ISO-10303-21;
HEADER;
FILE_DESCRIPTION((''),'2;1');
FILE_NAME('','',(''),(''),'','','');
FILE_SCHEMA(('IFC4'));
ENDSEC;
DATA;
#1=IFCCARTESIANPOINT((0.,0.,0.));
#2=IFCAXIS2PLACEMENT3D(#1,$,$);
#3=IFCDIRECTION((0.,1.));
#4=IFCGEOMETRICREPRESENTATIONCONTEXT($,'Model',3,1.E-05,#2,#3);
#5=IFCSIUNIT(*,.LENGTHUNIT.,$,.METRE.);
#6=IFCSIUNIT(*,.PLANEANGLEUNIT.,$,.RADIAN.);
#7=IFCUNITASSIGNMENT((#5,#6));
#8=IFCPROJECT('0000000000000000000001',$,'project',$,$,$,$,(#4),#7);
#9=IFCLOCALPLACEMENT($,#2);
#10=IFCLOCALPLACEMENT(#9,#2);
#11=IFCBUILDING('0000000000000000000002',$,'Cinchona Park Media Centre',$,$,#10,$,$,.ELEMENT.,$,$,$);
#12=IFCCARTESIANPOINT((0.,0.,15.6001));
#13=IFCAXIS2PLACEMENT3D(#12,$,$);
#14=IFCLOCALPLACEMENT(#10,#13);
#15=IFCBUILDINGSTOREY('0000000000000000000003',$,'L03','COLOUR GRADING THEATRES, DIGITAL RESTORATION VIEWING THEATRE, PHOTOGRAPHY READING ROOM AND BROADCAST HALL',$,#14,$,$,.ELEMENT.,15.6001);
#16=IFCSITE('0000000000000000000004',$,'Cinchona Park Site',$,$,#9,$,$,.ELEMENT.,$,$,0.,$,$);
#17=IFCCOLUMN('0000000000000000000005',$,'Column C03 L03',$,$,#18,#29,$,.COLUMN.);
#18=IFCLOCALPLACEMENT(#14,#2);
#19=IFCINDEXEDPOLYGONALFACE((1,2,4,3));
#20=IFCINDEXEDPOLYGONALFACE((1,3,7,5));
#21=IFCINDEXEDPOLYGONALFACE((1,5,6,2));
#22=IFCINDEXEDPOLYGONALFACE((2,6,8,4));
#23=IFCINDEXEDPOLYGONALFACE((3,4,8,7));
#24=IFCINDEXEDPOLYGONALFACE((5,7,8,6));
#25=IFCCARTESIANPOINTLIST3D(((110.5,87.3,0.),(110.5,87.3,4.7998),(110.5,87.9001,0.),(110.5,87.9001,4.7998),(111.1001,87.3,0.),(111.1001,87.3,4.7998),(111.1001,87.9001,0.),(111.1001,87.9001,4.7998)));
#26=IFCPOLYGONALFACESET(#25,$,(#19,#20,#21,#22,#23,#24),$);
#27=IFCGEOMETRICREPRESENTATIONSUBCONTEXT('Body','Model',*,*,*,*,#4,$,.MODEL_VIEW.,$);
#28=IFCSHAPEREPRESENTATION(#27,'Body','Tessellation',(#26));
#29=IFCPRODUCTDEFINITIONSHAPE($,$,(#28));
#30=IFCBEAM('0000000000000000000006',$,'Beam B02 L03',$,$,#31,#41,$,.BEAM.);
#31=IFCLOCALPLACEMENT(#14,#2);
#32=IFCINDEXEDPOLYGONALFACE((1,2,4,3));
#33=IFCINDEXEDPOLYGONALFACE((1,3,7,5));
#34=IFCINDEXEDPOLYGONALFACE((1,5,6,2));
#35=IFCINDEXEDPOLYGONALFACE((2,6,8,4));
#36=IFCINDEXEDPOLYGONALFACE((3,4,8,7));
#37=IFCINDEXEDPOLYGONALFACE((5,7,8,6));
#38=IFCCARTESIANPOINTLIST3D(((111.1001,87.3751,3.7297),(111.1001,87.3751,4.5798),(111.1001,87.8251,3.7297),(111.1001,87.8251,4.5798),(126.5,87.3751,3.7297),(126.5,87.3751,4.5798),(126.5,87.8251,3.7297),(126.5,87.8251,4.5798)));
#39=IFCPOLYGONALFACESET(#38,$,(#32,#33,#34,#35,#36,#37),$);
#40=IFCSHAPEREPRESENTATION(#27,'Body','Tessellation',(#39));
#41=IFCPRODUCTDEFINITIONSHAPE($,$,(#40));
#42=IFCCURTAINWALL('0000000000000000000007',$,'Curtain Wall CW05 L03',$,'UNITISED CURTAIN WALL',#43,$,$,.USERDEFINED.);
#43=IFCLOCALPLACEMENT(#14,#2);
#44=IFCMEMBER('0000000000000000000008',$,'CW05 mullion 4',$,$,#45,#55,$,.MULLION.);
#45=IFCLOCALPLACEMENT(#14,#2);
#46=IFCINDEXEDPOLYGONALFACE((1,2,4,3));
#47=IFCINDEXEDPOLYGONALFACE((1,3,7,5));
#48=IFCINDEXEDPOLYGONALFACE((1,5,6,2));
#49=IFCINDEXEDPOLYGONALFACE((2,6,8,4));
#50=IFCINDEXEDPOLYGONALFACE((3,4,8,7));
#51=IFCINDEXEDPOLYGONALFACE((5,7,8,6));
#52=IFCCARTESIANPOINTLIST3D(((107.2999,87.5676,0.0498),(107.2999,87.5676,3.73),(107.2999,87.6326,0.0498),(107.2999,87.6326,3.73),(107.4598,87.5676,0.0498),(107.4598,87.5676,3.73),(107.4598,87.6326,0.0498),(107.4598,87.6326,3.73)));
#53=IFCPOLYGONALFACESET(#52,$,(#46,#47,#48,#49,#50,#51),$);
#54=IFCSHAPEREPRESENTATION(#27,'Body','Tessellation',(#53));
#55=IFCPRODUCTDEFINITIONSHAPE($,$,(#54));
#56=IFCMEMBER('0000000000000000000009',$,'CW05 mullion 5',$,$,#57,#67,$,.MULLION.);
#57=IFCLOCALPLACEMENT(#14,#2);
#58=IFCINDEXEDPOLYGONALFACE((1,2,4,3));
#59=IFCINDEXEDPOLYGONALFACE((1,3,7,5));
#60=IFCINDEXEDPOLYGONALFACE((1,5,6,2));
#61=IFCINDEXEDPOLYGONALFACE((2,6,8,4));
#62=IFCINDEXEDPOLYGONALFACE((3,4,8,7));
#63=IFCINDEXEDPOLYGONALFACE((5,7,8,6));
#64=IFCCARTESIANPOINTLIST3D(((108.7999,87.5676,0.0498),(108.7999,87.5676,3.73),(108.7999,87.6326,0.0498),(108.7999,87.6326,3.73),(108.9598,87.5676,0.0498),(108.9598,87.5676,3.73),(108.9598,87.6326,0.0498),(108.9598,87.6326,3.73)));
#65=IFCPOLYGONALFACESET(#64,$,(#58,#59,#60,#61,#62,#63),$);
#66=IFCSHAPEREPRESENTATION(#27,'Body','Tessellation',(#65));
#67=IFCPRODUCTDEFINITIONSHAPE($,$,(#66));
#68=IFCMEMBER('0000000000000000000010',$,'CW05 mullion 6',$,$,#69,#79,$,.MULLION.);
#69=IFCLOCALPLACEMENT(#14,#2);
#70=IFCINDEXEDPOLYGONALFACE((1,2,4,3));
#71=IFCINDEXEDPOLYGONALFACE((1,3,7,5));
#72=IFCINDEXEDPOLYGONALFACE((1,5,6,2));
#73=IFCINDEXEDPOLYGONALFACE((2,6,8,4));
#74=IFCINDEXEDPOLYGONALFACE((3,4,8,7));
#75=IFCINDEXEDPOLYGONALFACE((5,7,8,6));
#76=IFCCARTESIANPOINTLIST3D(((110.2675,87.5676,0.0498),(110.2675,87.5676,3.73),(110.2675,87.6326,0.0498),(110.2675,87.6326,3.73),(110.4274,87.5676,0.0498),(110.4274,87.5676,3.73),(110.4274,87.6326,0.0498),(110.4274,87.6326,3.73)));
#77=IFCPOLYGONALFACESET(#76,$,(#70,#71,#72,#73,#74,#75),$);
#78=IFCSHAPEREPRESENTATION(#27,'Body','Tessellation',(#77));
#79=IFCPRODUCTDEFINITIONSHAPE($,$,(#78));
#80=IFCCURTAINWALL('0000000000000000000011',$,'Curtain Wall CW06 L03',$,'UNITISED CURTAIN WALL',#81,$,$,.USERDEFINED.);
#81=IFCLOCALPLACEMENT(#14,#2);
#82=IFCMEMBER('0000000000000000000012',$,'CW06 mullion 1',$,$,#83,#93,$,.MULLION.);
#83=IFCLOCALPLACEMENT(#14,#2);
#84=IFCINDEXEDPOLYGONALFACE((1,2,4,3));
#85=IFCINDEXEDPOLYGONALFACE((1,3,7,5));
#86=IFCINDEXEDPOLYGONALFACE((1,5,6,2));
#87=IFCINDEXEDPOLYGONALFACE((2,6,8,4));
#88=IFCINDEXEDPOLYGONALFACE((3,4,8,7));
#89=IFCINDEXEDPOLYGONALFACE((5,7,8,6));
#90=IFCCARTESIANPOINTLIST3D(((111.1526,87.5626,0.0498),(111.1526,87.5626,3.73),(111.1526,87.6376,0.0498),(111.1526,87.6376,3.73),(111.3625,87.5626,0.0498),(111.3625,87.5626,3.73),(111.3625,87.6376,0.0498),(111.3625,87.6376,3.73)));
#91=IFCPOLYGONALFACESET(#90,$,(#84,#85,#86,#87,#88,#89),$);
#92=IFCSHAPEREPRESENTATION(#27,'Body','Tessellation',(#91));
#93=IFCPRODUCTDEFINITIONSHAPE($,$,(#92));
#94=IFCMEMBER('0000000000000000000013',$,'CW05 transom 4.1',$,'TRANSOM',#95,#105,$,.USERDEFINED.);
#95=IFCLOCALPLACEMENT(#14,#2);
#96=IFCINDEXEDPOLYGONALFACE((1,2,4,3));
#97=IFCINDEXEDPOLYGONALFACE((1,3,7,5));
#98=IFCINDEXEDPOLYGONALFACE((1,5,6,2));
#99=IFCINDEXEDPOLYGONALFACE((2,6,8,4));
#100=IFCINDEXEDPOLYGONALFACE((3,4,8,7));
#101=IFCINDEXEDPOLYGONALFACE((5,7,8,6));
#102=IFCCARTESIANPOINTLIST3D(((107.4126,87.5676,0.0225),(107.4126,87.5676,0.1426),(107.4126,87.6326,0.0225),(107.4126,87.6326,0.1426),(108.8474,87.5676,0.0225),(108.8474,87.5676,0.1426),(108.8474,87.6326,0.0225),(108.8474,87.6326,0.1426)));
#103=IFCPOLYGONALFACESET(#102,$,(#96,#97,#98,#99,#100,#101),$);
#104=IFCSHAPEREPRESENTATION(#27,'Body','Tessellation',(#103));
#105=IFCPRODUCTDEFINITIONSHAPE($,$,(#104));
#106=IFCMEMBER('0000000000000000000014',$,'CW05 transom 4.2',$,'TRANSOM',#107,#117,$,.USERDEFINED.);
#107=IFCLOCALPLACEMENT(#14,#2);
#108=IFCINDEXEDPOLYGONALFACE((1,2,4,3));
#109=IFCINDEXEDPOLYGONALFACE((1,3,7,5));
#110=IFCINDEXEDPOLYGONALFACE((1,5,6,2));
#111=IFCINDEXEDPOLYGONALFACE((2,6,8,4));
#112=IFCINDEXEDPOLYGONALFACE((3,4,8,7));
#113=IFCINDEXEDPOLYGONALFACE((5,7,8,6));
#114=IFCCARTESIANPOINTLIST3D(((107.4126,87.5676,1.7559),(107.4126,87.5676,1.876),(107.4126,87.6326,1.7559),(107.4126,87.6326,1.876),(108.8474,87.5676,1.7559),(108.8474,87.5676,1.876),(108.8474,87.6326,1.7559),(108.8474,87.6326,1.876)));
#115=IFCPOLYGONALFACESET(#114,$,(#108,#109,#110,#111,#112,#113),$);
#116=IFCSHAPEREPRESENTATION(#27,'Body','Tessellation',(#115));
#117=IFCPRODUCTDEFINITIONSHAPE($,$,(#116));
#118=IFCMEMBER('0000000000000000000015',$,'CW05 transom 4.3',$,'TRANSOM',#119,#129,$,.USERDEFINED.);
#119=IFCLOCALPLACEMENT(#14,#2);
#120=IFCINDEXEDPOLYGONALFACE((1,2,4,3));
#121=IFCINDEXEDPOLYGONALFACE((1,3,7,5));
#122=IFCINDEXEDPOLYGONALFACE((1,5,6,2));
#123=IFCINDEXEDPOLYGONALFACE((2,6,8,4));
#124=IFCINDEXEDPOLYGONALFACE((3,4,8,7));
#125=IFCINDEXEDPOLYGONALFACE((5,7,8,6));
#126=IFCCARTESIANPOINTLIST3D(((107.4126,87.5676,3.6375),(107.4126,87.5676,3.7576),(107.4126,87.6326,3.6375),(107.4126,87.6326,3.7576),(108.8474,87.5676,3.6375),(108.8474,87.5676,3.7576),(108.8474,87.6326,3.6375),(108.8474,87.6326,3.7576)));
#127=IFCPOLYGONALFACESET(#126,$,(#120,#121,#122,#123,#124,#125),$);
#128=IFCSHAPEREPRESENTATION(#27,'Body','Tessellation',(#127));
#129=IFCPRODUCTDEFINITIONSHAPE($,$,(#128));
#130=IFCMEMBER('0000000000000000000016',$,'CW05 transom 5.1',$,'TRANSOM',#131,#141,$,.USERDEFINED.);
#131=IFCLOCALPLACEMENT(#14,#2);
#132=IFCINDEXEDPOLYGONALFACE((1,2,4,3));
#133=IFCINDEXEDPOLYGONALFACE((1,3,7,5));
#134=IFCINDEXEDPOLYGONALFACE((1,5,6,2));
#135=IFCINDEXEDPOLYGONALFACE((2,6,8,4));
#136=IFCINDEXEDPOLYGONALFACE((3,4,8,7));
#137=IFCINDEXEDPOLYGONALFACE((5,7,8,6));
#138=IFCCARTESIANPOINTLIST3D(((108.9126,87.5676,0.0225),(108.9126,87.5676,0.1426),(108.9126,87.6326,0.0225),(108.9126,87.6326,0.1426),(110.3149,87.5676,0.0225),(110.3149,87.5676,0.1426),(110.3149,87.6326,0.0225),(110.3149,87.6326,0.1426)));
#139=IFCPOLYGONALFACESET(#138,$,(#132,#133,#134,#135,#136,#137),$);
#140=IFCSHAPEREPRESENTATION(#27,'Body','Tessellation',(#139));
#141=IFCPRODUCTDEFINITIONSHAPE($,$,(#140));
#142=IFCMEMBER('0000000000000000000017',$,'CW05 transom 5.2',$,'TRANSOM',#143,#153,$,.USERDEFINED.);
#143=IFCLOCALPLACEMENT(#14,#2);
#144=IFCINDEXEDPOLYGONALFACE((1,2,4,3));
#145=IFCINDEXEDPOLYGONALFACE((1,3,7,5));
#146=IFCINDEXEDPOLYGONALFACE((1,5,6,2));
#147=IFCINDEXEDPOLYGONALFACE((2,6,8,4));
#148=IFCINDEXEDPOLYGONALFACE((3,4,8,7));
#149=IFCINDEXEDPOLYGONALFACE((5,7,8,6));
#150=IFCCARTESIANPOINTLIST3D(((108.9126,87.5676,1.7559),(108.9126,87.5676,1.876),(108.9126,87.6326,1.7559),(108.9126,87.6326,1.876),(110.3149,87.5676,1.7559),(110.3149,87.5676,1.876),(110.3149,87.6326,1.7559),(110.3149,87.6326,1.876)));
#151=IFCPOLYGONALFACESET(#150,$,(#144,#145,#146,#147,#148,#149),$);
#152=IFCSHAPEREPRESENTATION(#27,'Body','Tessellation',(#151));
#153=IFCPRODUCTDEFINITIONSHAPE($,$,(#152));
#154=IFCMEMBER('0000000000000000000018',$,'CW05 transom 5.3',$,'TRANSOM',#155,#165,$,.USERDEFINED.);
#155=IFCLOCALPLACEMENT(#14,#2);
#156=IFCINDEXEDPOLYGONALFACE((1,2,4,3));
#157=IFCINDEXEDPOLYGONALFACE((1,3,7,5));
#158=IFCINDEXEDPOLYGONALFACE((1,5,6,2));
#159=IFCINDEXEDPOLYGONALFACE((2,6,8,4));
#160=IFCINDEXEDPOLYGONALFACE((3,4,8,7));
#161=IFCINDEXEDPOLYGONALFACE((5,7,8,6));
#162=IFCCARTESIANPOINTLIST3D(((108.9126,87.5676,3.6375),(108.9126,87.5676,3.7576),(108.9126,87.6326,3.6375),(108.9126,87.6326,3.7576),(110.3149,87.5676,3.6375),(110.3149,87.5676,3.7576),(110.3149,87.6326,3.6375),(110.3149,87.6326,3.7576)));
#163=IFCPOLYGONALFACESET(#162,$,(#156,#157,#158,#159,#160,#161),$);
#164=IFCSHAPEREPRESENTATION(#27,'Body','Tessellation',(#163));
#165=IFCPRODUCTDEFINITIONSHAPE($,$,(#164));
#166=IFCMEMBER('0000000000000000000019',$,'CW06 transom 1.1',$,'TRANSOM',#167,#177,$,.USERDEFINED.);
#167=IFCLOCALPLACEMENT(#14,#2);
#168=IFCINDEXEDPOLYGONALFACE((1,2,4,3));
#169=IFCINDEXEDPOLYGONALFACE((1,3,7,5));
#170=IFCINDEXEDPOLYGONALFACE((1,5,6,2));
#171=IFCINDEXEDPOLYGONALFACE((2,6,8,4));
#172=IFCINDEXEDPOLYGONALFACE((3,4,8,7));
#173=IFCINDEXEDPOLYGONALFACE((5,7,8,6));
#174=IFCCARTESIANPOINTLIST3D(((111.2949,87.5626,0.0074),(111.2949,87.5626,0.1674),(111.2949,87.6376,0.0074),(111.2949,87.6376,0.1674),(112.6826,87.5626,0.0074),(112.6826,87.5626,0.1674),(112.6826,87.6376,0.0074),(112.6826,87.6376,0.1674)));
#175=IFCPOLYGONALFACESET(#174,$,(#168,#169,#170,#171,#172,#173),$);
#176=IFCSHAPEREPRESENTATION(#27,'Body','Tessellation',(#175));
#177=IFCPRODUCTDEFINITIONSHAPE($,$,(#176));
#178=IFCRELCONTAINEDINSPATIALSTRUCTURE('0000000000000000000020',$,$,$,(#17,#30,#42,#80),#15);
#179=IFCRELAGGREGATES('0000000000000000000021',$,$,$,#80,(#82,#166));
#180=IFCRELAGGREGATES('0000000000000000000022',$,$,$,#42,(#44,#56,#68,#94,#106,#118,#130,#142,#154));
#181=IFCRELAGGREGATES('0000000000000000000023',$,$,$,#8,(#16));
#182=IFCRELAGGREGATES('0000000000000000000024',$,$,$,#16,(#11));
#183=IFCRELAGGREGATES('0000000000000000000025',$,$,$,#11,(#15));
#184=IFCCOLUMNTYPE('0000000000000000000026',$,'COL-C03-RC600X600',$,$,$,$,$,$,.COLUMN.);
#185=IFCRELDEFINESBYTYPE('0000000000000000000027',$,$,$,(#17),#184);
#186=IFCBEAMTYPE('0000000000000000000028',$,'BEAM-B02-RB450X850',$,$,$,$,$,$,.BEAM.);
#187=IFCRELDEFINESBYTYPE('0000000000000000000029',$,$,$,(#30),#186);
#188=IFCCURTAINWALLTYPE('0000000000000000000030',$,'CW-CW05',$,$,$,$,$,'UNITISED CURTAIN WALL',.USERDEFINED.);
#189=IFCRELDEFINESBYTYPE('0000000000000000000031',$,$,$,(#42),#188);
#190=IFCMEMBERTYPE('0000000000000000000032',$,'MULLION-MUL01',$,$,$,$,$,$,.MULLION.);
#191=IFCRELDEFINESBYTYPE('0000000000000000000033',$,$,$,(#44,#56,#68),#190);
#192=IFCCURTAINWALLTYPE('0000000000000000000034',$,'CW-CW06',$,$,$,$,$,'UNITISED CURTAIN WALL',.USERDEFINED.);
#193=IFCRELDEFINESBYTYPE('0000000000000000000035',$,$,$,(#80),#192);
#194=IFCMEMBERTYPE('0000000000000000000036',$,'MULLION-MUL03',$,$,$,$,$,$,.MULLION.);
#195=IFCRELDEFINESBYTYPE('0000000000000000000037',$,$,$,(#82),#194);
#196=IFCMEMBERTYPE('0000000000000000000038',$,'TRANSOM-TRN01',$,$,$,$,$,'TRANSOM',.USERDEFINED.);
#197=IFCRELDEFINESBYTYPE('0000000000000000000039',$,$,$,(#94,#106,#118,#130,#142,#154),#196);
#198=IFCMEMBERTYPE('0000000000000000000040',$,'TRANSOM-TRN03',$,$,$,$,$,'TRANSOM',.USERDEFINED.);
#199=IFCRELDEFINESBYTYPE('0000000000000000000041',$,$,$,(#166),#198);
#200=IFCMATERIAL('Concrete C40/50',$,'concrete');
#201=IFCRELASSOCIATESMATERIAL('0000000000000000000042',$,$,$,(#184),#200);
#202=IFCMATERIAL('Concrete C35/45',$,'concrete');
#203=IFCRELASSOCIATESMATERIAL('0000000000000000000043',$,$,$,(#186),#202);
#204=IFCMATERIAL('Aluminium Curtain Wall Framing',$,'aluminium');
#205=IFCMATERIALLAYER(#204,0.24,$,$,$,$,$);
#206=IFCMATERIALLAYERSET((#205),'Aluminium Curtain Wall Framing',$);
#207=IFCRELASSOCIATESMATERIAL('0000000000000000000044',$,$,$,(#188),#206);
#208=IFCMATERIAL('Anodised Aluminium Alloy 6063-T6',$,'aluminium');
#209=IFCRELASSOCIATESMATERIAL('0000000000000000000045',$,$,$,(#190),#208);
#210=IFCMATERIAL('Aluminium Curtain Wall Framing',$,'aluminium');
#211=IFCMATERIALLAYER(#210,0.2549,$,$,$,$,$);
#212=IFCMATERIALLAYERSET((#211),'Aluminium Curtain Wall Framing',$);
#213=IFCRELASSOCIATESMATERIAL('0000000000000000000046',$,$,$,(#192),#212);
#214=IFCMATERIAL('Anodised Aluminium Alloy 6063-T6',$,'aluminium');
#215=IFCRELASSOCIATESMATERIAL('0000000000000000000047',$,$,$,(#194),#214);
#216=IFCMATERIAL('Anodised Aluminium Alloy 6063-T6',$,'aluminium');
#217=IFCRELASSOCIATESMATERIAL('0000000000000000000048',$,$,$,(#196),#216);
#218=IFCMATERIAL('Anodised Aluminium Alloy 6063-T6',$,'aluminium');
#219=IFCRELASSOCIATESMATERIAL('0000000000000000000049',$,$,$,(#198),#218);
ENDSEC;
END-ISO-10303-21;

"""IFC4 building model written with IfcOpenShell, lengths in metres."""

from ifc_helpers import new_model, si_unit, direction, frame, origin, origin_2d, place, context, subcontext, project, spatial, rectangle, extrude, material, layer, layer_set, material_profile, profile_set, type_object, element, aggregate, save


model = new_model("IFC4")

# Units and contexts
model_context = context("Model", 3, precision=1e-05, world=origin(), true_north=direction((0.0, 1.0)))
body_context = subcontext(model_context, "Body", "Model", "MODEL_VIEW")
ifc_project = project(units=[si_unit("LENGTHUNIT", "METRE"), si_unit("PLANEANGLEUNIT", "RADIAN")], contexts=[model_context])

# Site, building, storey
site_placement = place(None, origin())
site = spatial("IfcSite", under=ifc_project, at=site_placement, Name="Cinchona Park Site", CompositionType="ELEMENT", RefElevation=0.0)
building_placement = place(site_placement, origin())
building = spatial("IfcBuilding", under=site, at=building_placement, Name="Cinchona Park Media Centre", CompositionType="ELEMENT")
storey_placement = place(building_placement, frame((0.0, 0.0, 15.6001)))
storey = spatial("IfcBuildingStorey", under=building, at=storey_placement, Name="L03", Description="COLOUR GRADING THEATRES, DIGITAL RESTORATION VIEWING THEATRE, PHOTOGRAPHY READING ROOM AND BROADCAST HALL", CompositionType="ELEMENT", Elevation=15.6001)

# Column
ifc_material_1 = material(Name="Concrete C40/50", Category="concrete")
ifc_material_profile_1 = material_profile(ifc_material_1, rectangle(XDim=0.6001, YDim=0.6001, at=origin_2d()), Name="RC 600X600")
ifc_profile_set_1 = profile_set([ifc_material_profile_1], Name="Concrete C40/50")
column_type = type_object("IfcColumnType", Name="COL-C03-RC600X600", PredefinedType="COLUMN", material=ifc_profile_set_1)
column_placement = place(storey_placement, frame((110.8, 87.6001, 0.0), z_axis=(0.0, 0.0, 1.0), x_axis=(1.0, 0.0, 0.0)))
element("IfcColumn", 1, at=column_placement, inside=storey, type_object=column_type, Name="Column C03 L03", PredefinedType="COLUMN", context=body_context, shape_type="SweptSolid", body=[
    extrude(rectangle(XDim=0.6001, YDim=0.6001, at=origin_2d()), origin(), (0.0, 0.0, 1.0), 4.7998),
])

# Beam
ifc_material_2 = material(Name="Concrete C35/45", Category="concrete")
ifc_material_profile_2 = material_profile(ifc_material_2, rectangle(XDim=0.45, YDim=0.8501, at=origin_2d()), Name="RB 450X850")
ifc_profile_set_2 = profile_set([ifc_material_profile_2], Name="Concrete C35/45")
beam_type = type_object("IfcBeamType", Name="BEAM-B02-RB450X850", PredefinedType="BEAM", material=ifc_profile_set_2)
beam_placement = place(storey_placement, frame((111.1001, 87.6001, 4.1548), z_axis=(1.0, 0.0, 0.0), x_axis=(0.0, 1.0, 0.0)))
element("IfcBeam", 2, at=beam_placement, inside=storey, type_object=beam_type, Name="Beam B02 L03", PredefinedType="BEAM", context=body_context, shape_type="SweptSolid", body=[
    extrude(rectangle(XDim=0.45, YDim=0.8501, at=origin_2d()), origin(), (0.0, 0.0, 1.0), 15.3999),
])

# Curtain wall, members
ifc_material_3 = material(Name="Aluminium Curtain Wall Framing", Category="aluminium")
ifc_layer_1 = layer(ifc_material_3, 0.24)
ifc_layer_set_1 = layer_set([ifc_layer_1], Name="Aluminium Curtain Wall Framing")
curtain_wall_type_1 = type_object("IfcCurtainWallType", Name="CW-CW05", ElementType="UNITISED CURTAIN WALL", PredefinedType="USERDEFINED", material=ifc_layer_set_1)
curtain_wall_1_placement = place(storey_placement, origin())
curtain_wall_1 = element("IfcCurtainWall", 3, at=curtain_wall_1_placement, inside=storey, type_object=curtain_wall_type_1, Name="Curtain Wall CW05 L03", ObjectType="UNITISED CURTAIN WALL", PredefinedType="USERDEFINED")
ifc_material_4 = material(Name="Anodised Aluminium Alloy 6063-T6", Category="aluminium")
ifc_material_profile_3 = material_profile(ifc_material_4, rectangle(XDim=0.0649, YDim=0.1599, at=origin_2d()), Name="MUL-65X160")
ifc_profile_set_3 = profile_set([ifc_material_profile_3], Name="Anodised Aluminium Alloy 6063-T6")
member_type_1 = type_object("IfcMemberType", Name="MULLION-MUL01", PredefinedType="MULLION", material=ifc_profile_set_3)
member_1_placement = place(storey_placement, frame((107.3799, 87.6001, 0.0498), z_axis=(0.0, 0.0, 1.0), x_axis=(0.0, 1.0, 0.0)))
member_1 = element("IfcMember", 4, at=member_1_placement, type_object=member_type_1, Name="CW05 mullion 4", PredefinedType="MULLION", context=body_context, shape_type="SweptSolid", body=[
    extrude(rectangle(XDim=0.0649, YDim=0.1599, at=origin_2d()), origin(), (0.0, 0.0, 1.0), 3.6802),
])
member_2_placement = place(storey_placement, frame((108.8799, 87.6001, 0.0498), z_axis=(0.0, 0.0, 1.0), x_axis=(0.0, 1.0, 0.0)))
member_2 = element("IfcMember", 5, at=member_2_placement, type_object=member_type_1, Name="CW05 mullion 5", PredefinedType="MULLION", context=body_context, shape_type="SweptSolid", body=[
    extrude(rectangle(XDim=0.0649, YDim=0.1599, at=origin_2d()), origin(), (0.0, 0.0, 1.0), 3.6802),
])
member_3_placement = place(storey_placement, frame((110.3474, 87.6001, 0.0498), z_axis=(0.0, 0.0, 1.0), x_axis=(0.0, 1.0, 0.0)))
member_3 = element("IfcMember", 6, at=member_3_placement, type_object=member_type_1, Name="CW05 mullion 6", PredefinedType="MULLION", context=body_context, shape_type="SweptSolid", body=[
    extrude(rectangle(XDim=0.0649, YDim=0.1599, at=origin_2d()), origin(), (0.0, 0.0, 1.0), 3.6802),
])

# Curtain wall, member
ifc_material_5 = material(Name="Aluminium Curtain Wall Framing", Category="aluminium")
ifc_layer_2 = layer(ifc_material_5, 0.2549)
ifc_layer_set_2 = layer_set([ifc_layer_2], Name="Aluminium Curtain Wall Framing")
curtain_wall_type_2 = type_object("IfcCurtainWallType", Name="CW-CW06", ElementType="UNITISED CURTAIN WALL", PredefinedType="USERDEFINED", material=ifc_layer_set_2)
curtain_wall_2_placement = place(storey_placement, origin())
curtain_wall_2 = element("IfcCurtainWall", 7, at=curtain_wall_2_placement, inside=storey, type_object=curtain_wall_type_2, Name="Curtain Wall CW06 L03", ObjectType="UNITISED CURTAIN WALL", PredefinedType="USERDEFINED")
ifc_material_6 = material(Name="Anodised Aluminium Alloy 6063-T6", Category="aluminium")
ifc_material_profile_4 = material_profile(ifc_material_6, rectangle(XDim=0.075, YDim=0.21, at=origin_2d()), Name="MUL-75X210")
ifc_profile_set_4 = profile_set([ifc_material_profile_4], Name="Anodised Aluminium Alloy 6063-T6")
member_type_2 = type_object("IfcMemberType", Name="MULLION-MUL03", PredefinedType="MULLION", material=ifc_profile_set_4)
member_4_placement = place(storey_placement, frame((111.2576, 87.6001, 0.0498), z_axis=(0.0, 0.0, 1.0), x_axis=(0.0, 1.0, 0.0)))
member_4 = element("IfcMember", 8, at=member_4_placement, type_object=member_type_2, Name="CW06 mullion 1", PredefinedType="MULLION", context=body_context, shape_type="SweptSolid", body=[
    extrude(rectangle(XDim=0.075, YDim=0.21, at=origin_2d()), origin(), (0.0, 0.0, 1.0), 3.6802),
])

# Members
ifc_material_7 = material(Name="Anodised Aluminium Alloy 6063-T6", Category="aluminium")
ifc_material_profile_5 = material_profile(ifc_material_7, rectangle(XDim=0.0649, YDim=0.1201, at=origin_2d()), Name="TRN-65X120")
ifc_profile_set_5 = profile_set([ifc_material_profile_5], Name="Anodised Aluminium Alloy 6063-T6")
member_type_3 = type_object("IfcMemberType", Name="TRANSOM-TRN01", ElementType="TRANSOM", PredefinedType="USERDEFINED", material=ifc_profile_set_5)
member_5_placement = place(storey_placement, frame((107.4126, 87.6001, 0.0825), z_axis=(1.0, 0.0, 0.0), x_axis=(0.0, 1.0, 0.0)))
member_5 = element("IfcMember", 9, at=member_5_placement, type_object=member_type_3, Name="CW05 transom 4.1", ObjectType="TRANSOM", PredefinedType="USERDEFINED", context=body_context, shape_type="SweptSolid", body=[
    extrude(rectangle(XDim=0.0649, YDim=0.1201, at=origin_2d()), origin(), (0.0, 0.0, 1.0), 1.4348),
])
member_6_placement = place(storey_placement, frame((107.4126, 87.6001, 1.8159), z_axis=(1.0, 0.0, 0.0), x_axis=(0.0, 1.0, 0.0)))
member_6 = element("IfcMember", 10, at=member_6_placement, type_object=member_type_3, Name="CW05 transom 4.2", ObjectType="TRANSOM", PredefinedType="USERDEFINED", context=body_context, shape_type="SweptSolid", body=[
    extrude(rectangle(XDim=0.0649, YDim=0.1201, at=origin_2d()), origin(), (0.0, 0.0, 1.0), 1.4348),
])
member_7_placement = place(storey_placement, frame((107.4126, 87.6001, 3.6975), z_axis=(1.0, 0.0, 0.0), x_axis=(0.0, 1.0, 0.0)))
member_7 = element("IfcMember", 11, at=member_7_placement, type_object=member_type_3, Name="CW05 transom 4.3", ObjectType="TRANSOM", PredefinedType="USERDEFINED", context=body_context, shape_type="SweptSolid", body=[
    extrude(rectangle(XDim=0.0649, YDim=0.1201, at=origin_2d()), origin(), (0.0, 0.0, 1.0), 1.4348),
])
member_8_placement = place(storey_placement, frame((108.9126, 87.6001, 0.0825), z_axis=(1.0, 0.0, 0.0), x_axis=(0.0, 1.0, 0.0)))
member_8 = element("IfcMember", 12, at=member_8_placement, type_object=member_type_3, Name="CW05 transom 5.1", ObjectType="TRANSOM", PredefinedType="USERDEFINED", context=body_context, shape_type="SweptSolid", body=[
    extrude(rectangle(XDim=0.0649, YDim=0.1201, at=origin_2d()), origin(), (0.0, 0.0, 1.0), 1.4023),
])
member_9_placement = place(storey_placement, frame((108.9126, 87.6001, 1.8159), z_axis=(1.0, 0.0, 0.0), x_axis=(0.0, 1.0, 0.0)))
member_9 = element("IfcMember", 13, at=member_9_placement, type_object=member_type_3, Name="CW05 transom 5.2", ObjectType="TRANSOM", PredefinedType="USERDEFINED", context=body_context, shape_type="SweptSolid", body=[
    extrude(rectangle(XDim=0.0649, YDim=0.1201, at=origin_2d()), origin(), (0.0, 0.0, 1.0), 1.4023),
])
member_10_placement = place(storey_placement, frame((108.9126, 87.6001, 3.6975), z_axis=(1.0, 0.0, 0.0), x_axis=(0.0, 1.0, 0.0)))
member_10 = element("IfcMember", 14, at=member_10_placement, type_object=member_type_3, Name="CW05 transom 5.3", ObjectType="TRANSOM", PredefinedType="USERDEFINED", context=body_context, shape_type="SweptSolid", body=[
    extrude(rectangle(XDim=0.0649, YDim=0.1201, at=origin_2d()), origin(), (0.0, 0.0, 1.0), 1.4023),
])
ifc_material_8 = material(Name="Anodised Aluminium Alloy 6063-T6", Category="aluminium")
ifc_material_profile_6 = material_profile(ifc_material_8, rectangle(XDim=0.075, YDim=0.1599, at=origin_2d()), Name="TRN-75X160")
ifc_profile_set_6 = profile_set([ifc_material_profile_6], Name="Anodised Aluminium Alloy 6063-T6")
member_type_4 = type_object("IfcMemberType", Name="TRANSOM-TRN03", ElementType="TRANSOM", PredefinedType="USERDEFINED", material=ifc_profile_set_6)
member_11_placement = place(storey_placement, frame((111.2949, 87.6001, 0.0874), z_axis=(1.0, 0.0, 0.0), x_axis=(0.0, 1.0, 0.0)))
member_11 = element("IfcMember", 15, at=member_11_placement, type_object=member_type_4, Name="CW06 transom 1.1", ObjectType="TRANSOM", PredefinedType="USERDEFINED", context=body_context, shape_type="SweptSolid", body=[
    extrude(rectangle(XDim=0.075, YDim=0.1599, at=origin_2d()), origin(), (0.0, 0.0, 1.0), 1.3877),
])
aggregate(curtain_wall_2, [member_4, member_11])

aggregate(curtain_wall_1, [member_1, member_2, member_3, member_5, member_6, member_7, member_8, member_9, member_10])

save(model, "model.ifc")
